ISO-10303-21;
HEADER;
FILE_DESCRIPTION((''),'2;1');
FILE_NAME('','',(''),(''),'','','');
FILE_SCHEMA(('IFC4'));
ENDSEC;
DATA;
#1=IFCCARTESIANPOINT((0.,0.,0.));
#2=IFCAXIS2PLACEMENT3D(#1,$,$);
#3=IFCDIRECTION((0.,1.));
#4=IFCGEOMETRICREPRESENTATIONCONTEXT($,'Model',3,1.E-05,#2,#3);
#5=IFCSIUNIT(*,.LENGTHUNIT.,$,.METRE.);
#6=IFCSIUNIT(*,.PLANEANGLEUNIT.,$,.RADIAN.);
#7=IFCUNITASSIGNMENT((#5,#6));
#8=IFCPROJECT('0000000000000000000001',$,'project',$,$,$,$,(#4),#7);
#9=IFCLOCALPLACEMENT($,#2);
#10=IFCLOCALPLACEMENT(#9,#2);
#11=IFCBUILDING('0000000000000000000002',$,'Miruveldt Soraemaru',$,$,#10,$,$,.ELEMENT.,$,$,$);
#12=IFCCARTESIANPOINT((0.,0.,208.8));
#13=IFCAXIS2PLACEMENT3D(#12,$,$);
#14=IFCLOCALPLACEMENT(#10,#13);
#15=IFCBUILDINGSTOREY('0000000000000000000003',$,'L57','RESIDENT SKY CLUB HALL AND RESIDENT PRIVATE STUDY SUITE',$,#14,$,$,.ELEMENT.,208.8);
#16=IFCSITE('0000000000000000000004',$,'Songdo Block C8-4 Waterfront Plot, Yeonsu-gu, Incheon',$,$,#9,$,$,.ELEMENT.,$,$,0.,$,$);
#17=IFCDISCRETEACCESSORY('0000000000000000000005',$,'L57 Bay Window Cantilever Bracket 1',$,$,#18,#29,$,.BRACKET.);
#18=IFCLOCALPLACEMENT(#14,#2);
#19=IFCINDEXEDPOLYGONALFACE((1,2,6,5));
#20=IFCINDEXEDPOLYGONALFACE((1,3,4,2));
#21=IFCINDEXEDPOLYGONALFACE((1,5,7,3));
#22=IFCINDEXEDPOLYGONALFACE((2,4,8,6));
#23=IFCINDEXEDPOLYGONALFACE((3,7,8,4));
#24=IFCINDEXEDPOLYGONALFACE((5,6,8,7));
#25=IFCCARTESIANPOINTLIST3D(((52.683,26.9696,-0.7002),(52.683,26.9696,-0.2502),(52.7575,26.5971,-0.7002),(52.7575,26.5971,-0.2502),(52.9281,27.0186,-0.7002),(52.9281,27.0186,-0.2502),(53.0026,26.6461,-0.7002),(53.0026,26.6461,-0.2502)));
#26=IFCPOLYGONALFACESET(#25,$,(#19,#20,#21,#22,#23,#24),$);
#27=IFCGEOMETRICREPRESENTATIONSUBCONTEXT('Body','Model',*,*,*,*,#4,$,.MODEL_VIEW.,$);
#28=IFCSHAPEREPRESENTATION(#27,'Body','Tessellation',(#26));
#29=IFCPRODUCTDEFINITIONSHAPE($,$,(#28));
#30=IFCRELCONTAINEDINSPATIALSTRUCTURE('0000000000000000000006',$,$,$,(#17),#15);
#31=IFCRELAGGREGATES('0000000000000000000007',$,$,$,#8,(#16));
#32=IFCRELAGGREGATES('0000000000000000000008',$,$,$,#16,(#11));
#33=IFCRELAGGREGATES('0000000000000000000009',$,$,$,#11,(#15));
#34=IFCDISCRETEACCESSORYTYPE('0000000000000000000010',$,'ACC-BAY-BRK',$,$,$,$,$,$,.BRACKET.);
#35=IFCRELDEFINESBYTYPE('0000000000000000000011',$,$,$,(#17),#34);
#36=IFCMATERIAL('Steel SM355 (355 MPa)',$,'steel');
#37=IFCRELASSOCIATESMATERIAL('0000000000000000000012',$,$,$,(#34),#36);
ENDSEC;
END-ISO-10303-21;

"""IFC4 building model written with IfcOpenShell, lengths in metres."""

from ifc_helpers import new_model, si_unit, direction, frame, origin, origin_2d, place, context, subcontext, project, spatial, rectangle, extrude, material, type_object, element, save


model = new_model("IFC4")

# Units and contexts
model_context = context("Model", 3, precision=1e-05, world=origin(), true_north=direction((0.0, 1.0)))
body_context = subcontext(model_context, "Body", "Model", "MODEL_VIEW")
ifc_project = project(units=[si_unit("LENGTHUNIT", "METRE"), si_unit("PLANEANGLEUNIT", "RADIAN")], contexts=[model_context])

# Site, building, storey
site_placement = place(None, origin())
site = spatial("IfcSite", under=ifc_project, at=site_placement, Name="Songdo Block C8-4 Waterfront Plot, Yeonsu-gu, Incheon", CompositionType="ELEMENT", RefElevation=0.0)
building_placement = place(site_placement, origin())
building = spatial("IfcBuilding", under=site, at=building_placement, Name="Miruveldt Soraemaru", CompositionType="ELEMENT")
storey_placement = place(building_placement, frame((0.0, 0.0, 208.8)))
storey = spatial("IfcBuildingStorey", under=building, at=storey_placement, Name="L57", Description="RESIDENT SKY CLUB HALL AND RESIDENT PRIVATE STUDY SUITE", CompositionType="ELEMENT", Elevation=208.8)

# Shared definitions
ifc_material_1 = material(Name="Steel SM355 (355 MPa)", Category="steel")

# Discrete accessory
discrete_accessory_type = type_object("IfcDiscreteAccessoryType", Name="ACC-BAY-BRK", PredefinedType="BRACKET", material=ifc_material_1)
discrete_accessory_placement = place(storey_placement, frame((52.8428, 26.8079, -0.7002), z_axis=(0.0, 0.0, 1.0), x_axis=(0.196117, -0.98058, 0.0)))
element("IfcDiscreteAccessory", 1, at=discrete_accessory_placement, inside=storey, type_object=discrete_accessory_type, Name="L57 Bay Window Cantilever Bracket 1", PredefinedType="BRACKET", context=body_context, shape_type="SweptSolid", body=[
    extrude(rectangle(XDim=0.3799, YDim=0.25, at=origin_2d()), origin(), (0.0, 0.0, 1.0), 0.45),
])

save(model, "model.ifc")
